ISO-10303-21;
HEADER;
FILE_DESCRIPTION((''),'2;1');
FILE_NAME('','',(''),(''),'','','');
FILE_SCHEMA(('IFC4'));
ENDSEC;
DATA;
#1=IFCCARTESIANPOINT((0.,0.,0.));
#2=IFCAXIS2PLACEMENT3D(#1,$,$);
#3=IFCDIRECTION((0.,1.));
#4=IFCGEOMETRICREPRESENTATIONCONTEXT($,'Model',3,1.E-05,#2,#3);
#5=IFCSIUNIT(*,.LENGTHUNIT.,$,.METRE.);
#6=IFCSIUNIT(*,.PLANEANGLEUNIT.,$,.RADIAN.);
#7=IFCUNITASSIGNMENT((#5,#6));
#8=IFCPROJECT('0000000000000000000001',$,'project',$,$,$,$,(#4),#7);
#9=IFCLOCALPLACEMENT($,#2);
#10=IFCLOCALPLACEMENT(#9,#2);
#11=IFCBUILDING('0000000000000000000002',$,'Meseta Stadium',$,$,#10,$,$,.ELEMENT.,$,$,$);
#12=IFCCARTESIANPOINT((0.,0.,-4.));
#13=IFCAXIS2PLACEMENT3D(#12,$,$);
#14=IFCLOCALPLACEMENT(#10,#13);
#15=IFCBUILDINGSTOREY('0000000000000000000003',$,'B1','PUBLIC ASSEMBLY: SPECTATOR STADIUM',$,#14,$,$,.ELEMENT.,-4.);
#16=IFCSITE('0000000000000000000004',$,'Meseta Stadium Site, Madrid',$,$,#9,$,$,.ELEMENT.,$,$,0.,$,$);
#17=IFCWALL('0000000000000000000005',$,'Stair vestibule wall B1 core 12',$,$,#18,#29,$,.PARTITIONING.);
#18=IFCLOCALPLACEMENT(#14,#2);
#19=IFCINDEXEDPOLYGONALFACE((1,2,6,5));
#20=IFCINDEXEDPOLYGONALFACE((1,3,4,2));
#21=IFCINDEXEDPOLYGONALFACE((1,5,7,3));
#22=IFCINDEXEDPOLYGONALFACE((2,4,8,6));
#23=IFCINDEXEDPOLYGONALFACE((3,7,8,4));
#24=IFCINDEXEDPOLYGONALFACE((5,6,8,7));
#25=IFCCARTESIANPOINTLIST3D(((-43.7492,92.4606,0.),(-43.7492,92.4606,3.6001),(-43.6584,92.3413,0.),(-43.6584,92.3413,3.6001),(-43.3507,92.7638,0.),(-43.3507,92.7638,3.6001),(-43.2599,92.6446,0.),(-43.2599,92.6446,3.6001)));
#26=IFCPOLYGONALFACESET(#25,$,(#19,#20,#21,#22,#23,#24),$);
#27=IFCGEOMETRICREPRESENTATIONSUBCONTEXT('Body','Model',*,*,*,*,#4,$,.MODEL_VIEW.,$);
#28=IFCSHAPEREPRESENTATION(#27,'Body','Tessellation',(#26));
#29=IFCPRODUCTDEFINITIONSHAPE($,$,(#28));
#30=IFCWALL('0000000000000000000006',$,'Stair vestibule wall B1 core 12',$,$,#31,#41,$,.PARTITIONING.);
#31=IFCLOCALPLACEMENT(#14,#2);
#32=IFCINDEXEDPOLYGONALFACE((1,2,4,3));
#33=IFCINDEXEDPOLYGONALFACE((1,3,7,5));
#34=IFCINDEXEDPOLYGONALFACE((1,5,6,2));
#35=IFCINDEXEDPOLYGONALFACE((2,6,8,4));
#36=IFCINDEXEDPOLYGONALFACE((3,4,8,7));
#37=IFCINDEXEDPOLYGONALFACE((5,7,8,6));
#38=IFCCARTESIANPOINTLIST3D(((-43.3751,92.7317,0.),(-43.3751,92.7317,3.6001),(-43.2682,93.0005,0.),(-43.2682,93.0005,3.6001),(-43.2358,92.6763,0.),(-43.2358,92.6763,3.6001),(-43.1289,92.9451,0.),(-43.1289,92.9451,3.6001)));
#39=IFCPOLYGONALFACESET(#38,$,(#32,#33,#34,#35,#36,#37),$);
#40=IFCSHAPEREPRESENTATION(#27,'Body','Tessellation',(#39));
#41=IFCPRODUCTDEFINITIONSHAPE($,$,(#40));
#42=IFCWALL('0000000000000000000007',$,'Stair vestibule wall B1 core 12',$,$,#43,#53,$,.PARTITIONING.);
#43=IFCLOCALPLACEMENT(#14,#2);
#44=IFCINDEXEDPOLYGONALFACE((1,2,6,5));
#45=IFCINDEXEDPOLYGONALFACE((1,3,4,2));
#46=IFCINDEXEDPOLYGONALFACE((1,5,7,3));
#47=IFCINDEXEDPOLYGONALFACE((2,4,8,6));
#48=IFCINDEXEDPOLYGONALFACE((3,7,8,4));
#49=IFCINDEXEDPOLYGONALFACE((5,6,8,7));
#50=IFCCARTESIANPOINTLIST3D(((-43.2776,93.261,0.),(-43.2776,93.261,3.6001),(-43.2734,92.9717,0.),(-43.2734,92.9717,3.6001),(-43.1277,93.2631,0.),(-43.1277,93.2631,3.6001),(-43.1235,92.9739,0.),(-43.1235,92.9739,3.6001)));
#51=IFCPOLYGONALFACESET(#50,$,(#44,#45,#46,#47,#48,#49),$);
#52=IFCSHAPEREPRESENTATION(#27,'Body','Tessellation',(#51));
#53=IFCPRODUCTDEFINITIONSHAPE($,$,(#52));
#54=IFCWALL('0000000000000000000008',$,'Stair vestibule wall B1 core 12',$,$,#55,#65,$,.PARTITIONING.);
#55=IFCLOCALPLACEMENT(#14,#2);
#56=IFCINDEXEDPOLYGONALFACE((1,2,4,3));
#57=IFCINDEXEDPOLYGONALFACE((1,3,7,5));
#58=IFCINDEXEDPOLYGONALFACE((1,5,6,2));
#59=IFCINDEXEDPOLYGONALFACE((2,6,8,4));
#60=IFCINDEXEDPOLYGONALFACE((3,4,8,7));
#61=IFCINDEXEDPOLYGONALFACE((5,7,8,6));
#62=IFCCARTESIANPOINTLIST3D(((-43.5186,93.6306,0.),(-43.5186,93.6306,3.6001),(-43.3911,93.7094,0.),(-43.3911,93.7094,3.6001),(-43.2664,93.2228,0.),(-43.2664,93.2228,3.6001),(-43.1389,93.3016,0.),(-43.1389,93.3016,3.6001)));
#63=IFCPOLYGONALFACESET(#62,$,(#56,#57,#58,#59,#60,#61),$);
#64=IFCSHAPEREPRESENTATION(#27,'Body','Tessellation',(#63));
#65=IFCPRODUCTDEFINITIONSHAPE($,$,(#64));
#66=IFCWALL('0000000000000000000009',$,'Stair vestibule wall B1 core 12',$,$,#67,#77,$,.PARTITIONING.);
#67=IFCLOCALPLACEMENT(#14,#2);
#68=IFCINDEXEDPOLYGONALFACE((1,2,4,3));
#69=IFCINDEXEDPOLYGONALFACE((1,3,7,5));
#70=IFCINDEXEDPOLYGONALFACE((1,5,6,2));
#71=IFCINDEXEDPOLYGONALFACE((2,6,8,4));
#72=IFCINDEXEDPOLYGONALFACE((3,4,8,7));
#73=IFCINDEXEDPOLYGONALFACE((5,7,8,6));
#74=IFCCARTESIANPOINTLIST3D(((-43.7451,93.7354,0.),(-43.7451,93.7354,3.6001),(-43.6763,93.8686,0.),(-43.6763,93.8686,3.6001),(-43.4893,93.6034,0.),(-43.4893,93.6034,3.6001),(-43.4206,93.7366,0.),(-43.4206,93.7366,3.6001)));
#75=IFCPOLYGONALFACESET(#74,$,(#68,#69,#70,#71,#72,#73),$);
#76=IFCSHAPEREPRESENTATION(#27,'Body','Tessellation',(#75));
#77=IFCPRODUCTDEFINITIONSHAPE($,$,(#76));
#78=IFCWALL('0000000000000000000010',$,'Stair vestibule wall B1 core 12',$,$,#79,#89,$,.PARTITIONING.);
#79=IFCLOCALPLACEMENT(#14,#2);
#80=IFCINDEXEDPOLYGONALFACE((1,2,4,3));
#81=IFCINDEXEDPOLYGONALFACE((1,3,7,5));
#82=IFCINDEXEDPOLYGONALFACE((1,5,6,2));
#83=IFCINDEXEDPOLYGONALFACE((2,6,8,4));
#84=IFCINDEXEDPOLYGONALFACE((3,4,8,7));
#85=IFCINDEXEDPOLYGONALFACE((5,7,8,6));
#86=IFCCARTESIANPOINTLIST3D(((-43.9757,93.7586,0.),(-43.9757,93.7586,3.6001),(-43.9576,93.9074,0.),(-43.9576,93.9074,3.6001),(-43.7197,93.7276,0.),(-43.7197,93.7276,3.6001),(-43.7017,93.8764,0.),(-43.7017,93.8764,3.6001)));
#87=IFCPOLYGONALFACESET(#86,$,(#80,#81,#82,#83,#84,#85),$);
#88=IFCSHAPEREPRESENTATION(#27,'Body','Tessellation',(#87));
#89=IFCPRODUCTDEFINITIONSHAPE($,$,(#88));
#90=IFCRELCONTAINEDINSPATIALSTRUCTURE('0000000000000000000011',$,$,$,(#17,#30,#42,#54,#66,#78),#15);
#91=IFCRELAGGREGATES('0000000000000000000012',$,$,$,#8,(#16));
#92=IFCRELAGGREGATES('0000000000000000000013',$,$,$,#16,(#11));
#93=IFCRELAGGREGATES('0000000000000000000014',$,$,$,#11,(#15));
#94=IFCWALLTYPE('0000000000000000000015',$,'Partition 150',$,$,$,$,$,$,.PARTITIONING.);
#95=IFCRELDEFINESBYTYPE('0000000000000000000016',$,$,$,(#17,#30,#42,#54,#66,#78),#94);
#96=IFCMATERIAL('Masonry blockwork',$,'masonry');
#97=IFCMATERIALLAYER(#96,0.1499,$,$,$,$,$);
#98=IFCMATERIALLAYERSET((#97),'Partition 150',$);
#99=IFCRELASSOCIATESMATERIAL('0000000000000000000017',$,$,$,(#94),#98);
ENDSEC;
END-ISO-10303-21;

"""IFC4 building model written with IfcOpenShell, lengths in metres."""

from ifc_helpers import new_model, si_unit, direction, frame, frame_2d, origin, place, context, subcontext, project, spatial, rectangle, extrude, material, layer, layer_set, type_object, element, save


model = new_model("IFC4")

# Units and contexts
model_context = context("Model", 3, precision=1e-05, world=origin(), true_north=direction((0.0, 1.0)))
body_context = subcontext(model_context, "Body", "Model", "MODEL_VIEW")
ifc_project = project(units=[si_unit("LENGTHUNIT", "METRE"), si_unit("PLANEANGLEUNIT", "RADIAN")], contexts=[model_context])

# Site, building, storey
site_placement = place(None, origin())
site = spatial("IfcSite", under=ifc_project, at=site_placement, Name="Meseta Stadium Site, Madrid", CompositionType="ELEMENT", RefElevation=0.0)
building_placement = place(site_placement, origin())
building = spatial("IfcBuilding", under=site, at=building_placement, Name="Meseta Stadium", CompositionType="ELEMENT")
storey_placement = place(building_placement, frame((0.0, 0.0, -4.0)))
storey = spatial("IfcBuildingStorey", under=building, at=storey_placement, Name="B1", Description="PUBLIC ASSEMBLY: SPECTATOR STADIUM", CompositionType="ELEMENT", Elevation=-4.0)

# Walls
ifc_material_1 = material(Name="Masonry blockwork", Category="masonry")
ifc_layer = layer(ifc_material_1, 0.1499)
ifc_layer_set = layer_set([ifc_layer], Name="Partition 150")
wall_type = type_object("IfcWallType", Name="Partition 150", PredefinedType="PARTITIONING", material=ifc_layer_set)
wall_1_placement = place(storey_placement, frame((-43.7039, 92.4009, 0.0), z_axis=(0.0, 0.0, 1.0), x_axis=(0.795767, 0.605602, 0.0)))
element("IfcWall", 1, at=wall_1_placement, inside=storey, type_object=wall_type, Name="Stair vestibule wall B1 core 12", PredefinedType="PARTITIONING", context=body_context, shape_type="SweptSolid", body=[
    extrude(rectangle(XDim=0.5007, YDim=0.1499, at=frame_2d((0.2505, 0.0))), origin(), (0.0, 0.0, 1.0), 3.6001),
])
for number, where, z_axis, x_axis, name in (
    (2, (-43.3054, 92.7041, 0.0), (0.0, 0.0, 1.0), (0.369644, 0.929173, 0.0), "Stair vestibule wall B1 core 12"),
    (3, (-43.1985, 92.9729, 0.0), (0.0, 0.0, 1.0), (-0.014345, 0.999897, 0.0), "Stair vestibule wall B1 core 12"),
):
    element("IfcWall", number, at=place(storey_placement, frame(where, z_axis=z_axis, x_axis=x_axis)), inside=storey, type_object=wall_type, Name=name, PredefinedType="PARTITIONING", context=body_context, shape_type="SweptSolid", body=[
        extrude(rectangle(XDim=0.2893, YDim=0.1499, at=frame_2d((0.1445, 0.0))), origin(), (0.0, 0.0, 1.0), 3.6001),
    ])
wall_2_placement = place(storey_placement, frame((-43.2026, 93.2622, 0.0), z_axis=(0.0, 0.0, 1.0), x_axis=(-0.526057, 0.85045, 0.0)))
element("IfcWall", 4, at=wall_2_placement, inside=storey, type_object=wall_type, Name="Stair vestibule wall B1 core 12", PredefinedType="PARTITIONING", context=body_context, shape_type="SweptSolid", body=[
    extrude(rectangle(XDim=0.4795, YDim=0.1499, at=frame_2d((0.2397, 0.0))), origin(), (0.0, 0.0, 1.0), 3.6001),
])
wall_3_placement = place(storey_placement, frame((-43.4548, 93.6699, 0.0), z_axis=(0.0, 0.0, 1.0), x_axis=(-0.888587, 0.458708, 0.0)))
element("IfcWall", 5, at=wall_3_placement, inside=storey, type_object=wall_type, Name="Stair vestibule wall B1 core 12", PredefinedType="PARTITIONING", context=body_context, shape_type="SweptSolid", body=[
    extrude(rectangle(XDim=0.2878, YDim=0.1499, at=frame_2d((0.144, 0.0))), origin(), (0.0, 0.0, 1.0), 3.6001),
])
wall_4_placement = place(storey_placement, frame((-43.7107, 93.802, 0.0), z_axis=(0.0, 0.0, 1.0), x_axis=(-0.992737, 0.120303, 0.0)))
element("IfcWall", 6, at=wall_4_placement, inside=storey, type_object=wall_type, Name="Stair vestibule wall B1 core 12", PredefinedType="PARTITIONING", context=body_context, shape_type="SweptSolid", body=[
    extrude(rectangle(XDim=0.2578, YDim=0.1499, at=frame_2d((0.1289, 0.0))), origin(), (0.0, 0.0, 1.0), 3.6001),
])

save(model, "model.ifc")
